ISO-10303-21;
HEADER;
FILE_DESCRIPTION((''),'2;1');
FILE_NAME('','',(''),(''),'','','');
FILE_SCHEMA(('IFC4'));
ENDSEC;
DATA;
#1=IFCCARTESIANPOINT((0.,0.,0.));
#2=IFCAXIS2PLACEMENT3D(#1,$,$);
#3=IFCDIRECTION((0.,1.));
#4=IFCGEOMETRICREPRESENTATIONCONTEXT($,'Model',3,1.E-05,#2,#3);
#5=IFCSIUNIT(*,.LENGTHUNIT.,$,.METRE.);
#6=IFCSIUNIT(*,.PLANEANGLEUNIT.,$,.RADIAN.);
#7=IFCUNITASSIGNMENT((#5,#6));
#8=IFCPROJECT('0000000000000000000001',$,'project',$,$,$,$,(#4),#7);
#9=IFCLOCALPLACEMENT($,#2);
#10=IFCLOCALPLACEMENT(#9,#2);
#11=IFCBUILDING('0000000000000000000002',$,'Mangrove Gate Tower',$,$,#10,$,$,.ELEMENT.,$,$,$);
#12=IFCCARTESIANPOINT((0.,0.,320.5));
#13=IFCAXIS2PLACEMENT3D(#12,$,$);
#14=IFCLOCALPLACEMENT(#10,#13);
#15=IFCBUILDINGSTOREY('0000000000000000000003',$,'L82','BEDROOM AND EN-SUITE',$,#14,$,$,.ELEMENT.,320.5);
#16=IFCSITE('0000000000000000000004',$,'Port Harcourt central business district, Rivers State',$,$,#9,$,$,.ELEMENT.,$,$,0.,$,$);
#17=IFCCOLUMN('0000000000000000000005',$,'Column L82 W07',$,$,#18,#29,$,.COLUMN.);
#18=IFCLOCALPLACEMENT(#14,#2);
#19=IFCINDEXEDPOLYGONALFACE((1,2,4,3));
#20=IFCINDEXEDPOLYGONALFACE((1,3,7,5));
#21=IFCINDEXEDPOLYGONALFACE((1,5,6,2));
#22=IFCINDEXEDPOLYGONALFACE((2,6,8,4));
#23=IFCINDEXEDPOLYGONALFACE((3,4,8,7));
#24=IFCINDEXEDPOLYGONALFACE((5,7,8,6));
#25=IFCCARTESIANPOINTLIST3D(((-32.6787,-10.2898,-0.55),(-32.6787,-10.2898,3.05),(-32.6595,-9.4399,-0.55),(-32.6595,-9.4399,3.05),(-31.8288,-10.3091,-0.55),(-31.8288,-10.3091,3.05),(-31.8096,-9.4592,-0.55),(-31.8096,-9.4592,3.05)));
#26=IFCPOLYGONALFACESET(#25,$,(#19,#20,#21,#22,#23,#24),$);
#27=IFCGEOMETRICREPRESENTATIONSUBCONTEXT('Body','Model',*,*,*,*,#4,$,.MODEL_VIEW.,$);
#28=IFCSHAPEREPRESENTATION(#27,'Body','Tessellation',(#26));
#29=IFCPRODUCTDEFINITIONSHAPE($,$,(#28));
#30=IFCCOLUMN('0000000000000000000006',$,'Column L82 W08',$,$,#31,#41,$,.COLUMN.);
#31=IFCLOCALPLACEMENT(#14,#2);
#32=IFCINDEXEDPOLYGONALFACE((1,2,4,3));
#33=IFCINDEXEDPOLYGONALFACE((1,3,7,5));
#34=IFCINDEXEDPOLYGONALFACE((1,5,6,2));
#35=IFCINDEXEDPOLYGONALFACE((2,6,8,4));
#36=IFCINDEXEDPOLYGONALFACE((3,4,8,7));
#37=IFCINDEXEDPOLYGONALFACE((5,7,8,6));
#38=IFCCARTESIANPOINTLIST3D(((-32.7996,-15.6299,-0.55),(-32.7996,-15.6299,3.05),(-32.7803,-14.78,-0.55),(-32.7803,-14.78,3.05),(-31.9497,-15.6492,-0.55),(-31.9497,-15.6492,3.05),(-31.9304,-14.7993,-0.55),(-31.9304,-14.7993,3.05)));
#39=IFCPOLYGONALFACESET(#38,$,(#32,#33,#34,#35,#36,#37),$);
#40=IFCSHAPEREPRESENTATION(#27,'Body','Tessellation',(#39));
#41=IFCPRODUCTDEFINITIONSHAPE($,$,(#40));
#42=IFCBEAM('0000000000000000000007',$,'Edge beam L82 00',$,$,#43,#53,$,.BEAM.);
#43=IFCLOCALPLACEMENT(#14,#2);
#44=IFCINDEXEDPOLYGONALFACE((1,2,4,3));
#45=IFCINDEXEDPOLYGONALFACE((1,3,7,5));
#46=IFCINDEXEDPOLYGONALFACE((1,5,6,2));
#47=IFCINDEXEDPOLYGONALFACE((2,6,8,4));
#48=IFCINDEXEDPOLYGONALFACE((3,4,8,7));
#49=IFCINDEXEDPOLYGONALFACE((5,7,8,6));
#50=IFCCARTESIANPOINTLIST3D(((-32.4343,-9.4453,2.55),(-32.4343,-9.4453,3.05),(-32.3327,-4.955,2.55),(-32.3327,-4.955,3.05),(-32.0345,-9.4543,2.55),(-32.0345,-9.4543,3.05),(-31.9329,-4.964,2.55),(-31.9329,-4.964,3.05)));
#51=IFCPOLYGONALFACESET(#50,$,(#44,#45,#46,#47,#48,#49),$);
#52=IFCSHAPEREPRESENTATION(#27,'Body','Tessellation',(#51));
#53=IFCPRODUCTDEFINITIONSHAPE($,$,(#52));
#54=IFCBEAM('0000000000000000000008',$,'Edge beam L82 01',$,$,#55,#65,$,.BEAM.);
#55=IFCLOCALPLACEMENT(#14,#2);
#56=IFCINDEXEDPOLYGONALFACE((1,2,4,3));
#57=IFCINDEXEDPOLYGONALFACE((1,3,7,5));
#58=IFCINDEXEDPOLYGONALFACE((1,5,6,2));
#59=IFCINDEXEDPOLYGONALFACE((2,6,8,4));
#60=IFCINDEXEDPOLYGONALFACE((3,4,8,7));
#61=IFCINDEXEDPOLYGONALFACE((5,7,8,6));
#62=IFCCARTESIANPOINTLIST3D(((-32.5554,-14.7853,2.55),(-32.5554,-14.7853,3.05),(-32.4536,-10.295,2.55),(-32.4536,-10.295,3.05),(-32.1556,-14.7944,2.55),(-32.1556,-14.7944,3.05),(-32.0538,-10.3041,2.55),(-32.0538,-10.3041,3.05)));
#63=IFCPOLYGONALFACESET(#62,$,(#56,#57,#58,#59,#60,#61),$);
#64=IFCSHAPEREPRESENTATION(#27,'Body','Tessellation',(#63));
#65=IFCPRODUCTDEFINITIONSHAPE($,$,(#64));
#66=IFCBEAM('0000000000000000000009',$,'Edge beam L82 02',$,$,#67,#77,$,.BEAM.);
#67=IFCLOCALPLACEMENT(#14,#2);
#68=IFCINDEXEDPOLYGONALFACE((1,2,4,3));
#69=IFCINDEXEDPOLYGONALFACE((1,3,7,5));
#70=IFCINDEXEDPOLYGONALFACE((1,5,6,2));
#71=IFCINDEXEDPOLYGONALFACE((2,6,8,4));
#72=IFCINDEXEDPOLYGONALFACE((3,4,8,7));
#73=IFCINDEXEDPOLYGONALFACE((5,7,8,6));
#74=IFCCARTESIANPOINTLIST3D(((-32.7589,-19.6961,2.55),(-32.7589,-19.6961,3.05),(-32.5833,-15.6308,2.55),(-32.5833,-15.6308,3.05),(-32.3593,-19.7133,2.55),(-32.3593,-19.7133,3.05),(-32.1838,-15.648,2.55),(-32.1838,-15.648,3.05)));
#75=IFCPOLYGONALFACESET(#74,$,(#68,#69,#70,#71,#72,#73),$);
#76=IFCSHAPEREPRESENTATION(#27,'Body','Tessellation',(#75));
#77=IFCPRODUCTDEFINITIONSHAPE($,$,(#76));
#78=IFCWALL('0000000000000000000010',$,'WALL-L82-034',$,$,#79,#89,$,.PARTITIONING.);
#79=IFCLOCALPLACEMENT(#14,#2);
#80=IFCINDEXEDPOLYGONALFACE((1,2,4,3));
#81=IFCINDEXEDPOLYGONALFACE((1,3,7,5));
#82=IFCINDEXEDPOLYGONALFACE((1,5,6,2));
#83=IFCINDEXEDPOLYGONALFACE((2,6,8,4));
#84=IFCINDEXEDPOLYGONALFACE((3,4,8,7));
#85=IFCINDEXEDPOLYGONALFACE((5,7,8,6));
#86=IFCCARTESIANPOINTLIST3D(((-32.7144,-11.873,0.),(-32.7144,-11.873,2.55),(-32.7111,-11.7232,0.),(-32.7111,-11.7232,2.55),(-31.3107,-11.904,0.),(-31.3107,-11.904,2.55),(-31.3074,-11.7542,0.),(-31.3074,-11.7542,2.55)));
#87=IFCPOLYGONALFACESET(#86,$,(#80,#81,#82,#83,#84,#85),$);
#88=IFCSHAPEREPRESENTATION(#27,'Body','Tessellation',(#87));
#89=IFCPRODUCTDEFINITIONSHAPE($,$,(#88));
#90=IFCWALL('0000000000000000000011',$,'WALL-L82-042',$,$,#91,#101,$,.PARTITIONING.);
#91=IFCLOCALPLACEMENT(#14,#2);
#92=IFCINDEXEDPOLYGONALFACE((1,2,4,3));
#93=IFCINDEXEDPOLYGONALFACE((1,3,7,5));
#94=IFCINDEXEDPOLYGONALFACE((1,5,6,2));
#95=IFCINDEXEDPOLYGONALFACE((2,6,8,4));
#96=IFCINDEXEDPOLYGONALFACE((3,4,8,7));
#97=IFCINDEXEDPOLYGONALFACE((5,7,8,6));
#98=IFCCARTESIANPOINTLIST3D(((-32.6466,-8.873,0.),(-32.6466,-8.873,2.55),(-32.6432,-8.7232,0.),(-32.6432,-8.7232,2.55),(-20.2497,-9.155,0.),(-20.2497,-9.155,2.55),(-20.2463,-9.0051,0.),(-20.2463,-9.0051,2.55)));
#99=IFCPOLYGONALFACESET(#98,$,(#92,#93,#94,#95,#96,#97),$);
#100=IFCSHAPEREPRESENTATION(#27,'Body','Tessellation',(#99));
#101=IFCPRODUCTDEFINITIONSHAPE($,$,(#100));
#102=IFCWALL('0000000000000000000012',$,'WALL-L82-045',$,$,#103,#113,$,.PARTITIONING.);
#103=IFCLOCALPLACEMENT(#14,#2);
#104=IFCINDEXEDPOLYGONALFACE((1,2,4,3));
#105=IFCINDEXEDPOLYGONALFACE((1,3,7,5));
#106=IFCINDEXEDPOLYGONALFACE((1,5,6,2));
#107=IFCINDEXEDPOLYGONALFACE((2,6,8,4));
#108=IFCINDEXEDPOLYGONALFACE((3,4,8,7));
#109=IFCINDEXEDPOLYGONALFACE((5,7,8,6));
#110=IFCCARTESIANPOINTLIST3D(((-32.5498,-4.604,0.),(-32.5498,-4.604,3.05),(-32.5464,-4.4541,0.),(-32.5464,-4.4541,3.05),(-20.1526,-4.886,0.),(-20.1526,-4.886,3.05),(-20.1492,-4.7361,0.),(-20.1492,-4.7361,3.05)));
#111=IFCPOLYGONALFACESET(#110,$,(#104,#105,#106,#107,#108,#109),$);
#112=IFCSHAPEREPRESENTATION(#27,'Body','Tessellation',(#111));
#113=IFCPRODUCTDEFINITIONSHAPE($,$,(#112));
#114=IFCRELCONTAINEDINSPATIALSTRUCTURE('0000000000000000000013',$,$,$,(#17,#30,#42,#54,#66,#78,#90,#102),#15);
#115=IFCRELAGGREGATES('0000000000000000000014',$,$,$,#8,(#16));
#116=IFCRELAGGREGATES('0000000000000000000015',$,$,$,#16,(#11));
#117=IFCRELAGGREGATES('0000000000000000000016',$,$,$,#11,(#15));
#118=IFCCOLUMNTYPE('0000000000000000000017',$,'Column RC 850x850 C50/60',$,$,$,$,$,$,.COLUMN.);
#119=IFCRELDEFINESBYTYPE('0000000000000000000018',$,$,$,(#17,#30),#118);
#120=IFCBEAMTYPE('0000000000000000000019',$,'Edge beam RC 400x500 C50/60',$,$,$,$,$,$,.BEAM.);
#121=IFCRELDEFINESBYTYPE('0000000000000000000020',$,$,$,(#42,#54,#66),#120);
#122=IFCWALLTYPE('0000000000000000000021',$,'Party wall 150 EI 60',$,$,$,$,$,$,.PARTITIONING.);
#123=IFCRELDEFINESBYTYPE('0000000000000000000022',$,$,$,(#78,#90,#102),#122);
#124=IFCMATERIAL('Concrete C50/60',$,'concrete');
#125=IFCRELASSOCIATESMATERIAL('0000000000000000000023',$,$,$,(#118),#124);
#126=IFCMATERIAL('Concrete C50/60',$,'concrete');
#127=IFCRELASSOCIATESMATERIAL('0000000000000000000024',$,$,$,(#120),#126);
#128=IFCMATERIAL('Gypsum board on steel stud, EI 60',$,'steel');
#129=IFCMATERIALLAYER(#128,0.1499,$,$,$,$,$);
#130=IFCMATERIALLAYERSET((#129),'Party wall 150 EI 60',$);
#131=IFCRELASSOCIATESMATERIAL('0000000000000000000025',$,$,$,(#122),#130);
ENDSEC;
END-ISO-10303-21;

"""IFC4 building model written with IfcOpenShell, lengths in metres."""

from ifc_helpers import new_model, si_unit, direction, frame, frame_2d, origin, origin_2d, place, context, subcontext, project, spatial, rectangle, extrude, material, layer, layer_set, material_profile, profile_set, type_object, element, save


model = new_model("IFC4")

# Units and contexts
model_context = context("Model", 3, precision=1e-05, world=origin(), true_north=direction((0.0, 1.0)))
body_context = subcontext(model_context, "Body", "Model", "MODEL_VIEW")
ifc_project = project(units=[si_unit("LENGTHUNIT", "METRE"), si_unit("PLANEANGLEUNIT", "RADIAN")], contexts=[model_context])

# Site, building, storey
site_placement = place(None, origin())
site = spatial("IfcSite", under=ifc_project, at=site_placement, Name="Port Harcourt central business district, Rivers State", CompositionType="ELEMENT", RefElevation=0.0)
building_placement = place(site_placement, origin())
building = spatial("IfcBuilding", under=site, at=building_placement, Name="Mangrove Gate Tower", CompositionType="ELEMENT")
storey_placement = place(building_placement, frame((0.0, 0.0, 320.5)))
storey = spatial("IfcBuildingStorey", under=building, at=storey_placement, Name="L82", Description="BEDROOM AND EN-SUITE", CompositionType="ELEMENT", Elevation=320.5)

# Columns
ifc_material_1 = material(Name="Concrete C50/60", Category="concrete")
ifc_material_profile_1 = material_profile(ifc_material_1, rectangle(XDim=0.8501, YDim=0.8501, at=origin_2d()))
ifc_profile_set_1 = profile_set([ifc_material_profile_1], Name="Concrete C50/60")
column_type = type_object("IfcColumnType", Name="Column RC 850x850 C50/60", PredefinedType="COLUMN", material=ifc_profile_set_1)
for number, where, z_axis, x_axis, name in (
    (1, (-32.2441, -9.8745, -0.55), (0.0, 0.0, 1.0), (-0.022653, -0.999743, 0.0), "Column L82 W07"),
    (2, (-32.365, -15.2146, -0.55), (0.0, 0.0, 1.0), (-0.022747, -0.999741, 0.0), "Column L82 W08"),
):
    element("IfcColumn", number, at=place(storey_placement, frame(where, z_axis=z_axis, x_axis=x_axis)), inside=storey, type_object=column_type, Name=name, PredefinedType="COLUMN", context=body_context, shape_type="SweptSolid", body=[
        extrude(rectangle(XDim=0.8501, YDim=0.8501, at=origin_2d()), origin(), (0.0, 0.0, 1.0), 3.6001),
    ])

# Beams
ifc_material_2 = material(Name="Concrete C50/60", Category="concrete")
ifc_material_profile_2 = material_profile(ifc_material_2, rectangle(XDim=0.3999, YDim=0.5, at=origin_2d()))
ifc_profile_set_2 = profile_set([ifc_material_profile_2], Name="Concrete C50/60")
beam_type = type_object("IfcBeamType", Name="Edge beam RC 400x500 C50/60", PredefinedType="BEAM", material=ifc_profile_set_2)
for number, where, z_axis, x_axis, name in (
    (3, (-32.1328, -4.9595, 2.8), (-0.022613, -0.999744, 0.0), (0.999744, -0.022613, 0.0), "Edge beam L82 00"),
    (4, (-32.2537, -10.2996, 2.8), (-0.022667, -0.999743, 0.0), (0.999743, -0.022667, 0.0), "Edge beam L82 01"),
):
    element("IfcBeam", number, at=place(storey_placement, frame(where, z_axis=z_axis, x_axis=x_axis)), inside=storey, type_object=beam_type, Name=name, PredefinedType="BEAM", context=body_context, shape_type="SweptSolid", body=[
        extrude(rectangle(XDim=0.3999, YDim=0.5, at=origin_2d()), origin(), (0.0, 0.0, 1.0), 4.4915),
    ])
beam_placement = place(storey_placement, frame((-32.3835, -15.6394, 2.8), z_axis=(-0.04314, -0.999069, 0.0), x_axis=(0.999069, -0.04314, 0.0)))
element("IfcBeam", 5, at=beam_placement, inside=storey, type_object=beam_type, Name="Edge beam L82 02", PredefinedType="BEAM", context=body_context, shape_type="SweptSolid", body=[
    extrude(rectangle(XDim=0.3999, YDim=0.5, at=origin_2d()), origin(), (0.0, 0.0, 1.0), 4.0691),
])

# Walls
ifc_material_3 = material(Name="Gypsum board on steel stud, EI 60", Category="steel")
ifc_layer = layer(ifc_material_3, 0.1499)
ifc_layer_set = layer_set([ifc_layer], Name="Party wall 150 EI 60")
wall_type = type_object("IfcWallType", Name="Party wall 150 EI 60", PredefinedType="PARTITIONING", material=ifc_layer_set)
wall_1_placement = place(storey_placement, frame((-32.7129, -11.7981, 0.0), z_axis=(0.0, 0.0, 1.0), x_axis=(0.999756, -0.022082, 0.0)))
element("IfcWall", 6, at=wall_1_placement, inside=storey, type_object=wall_type, Name="WALL-L82-034", PredefinedType="PARTITIONING", context=body_context, shape_type="SweptSolid", body=[
    extrude(rectangle(XDim=1.4041, YDim=0.1499, at=frame_2d((0.7021, 0.0))), origin(), (0.0, 0.0, 1.0), 2.55),
])
wall_2_placement = place(storey_placement, frame((-32.645, -8.7981, 0.0), z_axis=(0.0, 0.0, 1.0), x_axis=(0.999741, -0.02274, 0.0)))
element("IfcWall", 7, at=wall_2_placement, inside=storey, type_object=wall_type, Name="WALL-L82-042", PredefinedType="PARTITIONING", context=body_context, shape_type="SweptSolid", body=[
    extrude(rectangle(XDim=12.4001, YDim=0.1499, at=frame_2d((6.2002, 0.0))), origin(), (0.0, 0.0, 1.0), 2.55),
])
wall_3_placement = place(storey_placement, frame((-32.5481, -4.5291, 0.0), z_axis=(0.0, 0.0, 1.0), x_axis=(0.999741, -0.02274, 0.0)))
element("IfcWall", 8, at=wall_3_placement, inside=storey, type_object=wall_type, Name="WALL-L82-045", PredefinedType="PARTITIONING", context=body_context, shape_type="SweptSolid", body=[
    extrude(rectangle(XDim=12.4004, YDim=0.1499, at=frame_2d((6.2002, 0.0))), origin(), (0.0, 0.0, 1.0), 3.05),
])

save(model, "model.ifc")
